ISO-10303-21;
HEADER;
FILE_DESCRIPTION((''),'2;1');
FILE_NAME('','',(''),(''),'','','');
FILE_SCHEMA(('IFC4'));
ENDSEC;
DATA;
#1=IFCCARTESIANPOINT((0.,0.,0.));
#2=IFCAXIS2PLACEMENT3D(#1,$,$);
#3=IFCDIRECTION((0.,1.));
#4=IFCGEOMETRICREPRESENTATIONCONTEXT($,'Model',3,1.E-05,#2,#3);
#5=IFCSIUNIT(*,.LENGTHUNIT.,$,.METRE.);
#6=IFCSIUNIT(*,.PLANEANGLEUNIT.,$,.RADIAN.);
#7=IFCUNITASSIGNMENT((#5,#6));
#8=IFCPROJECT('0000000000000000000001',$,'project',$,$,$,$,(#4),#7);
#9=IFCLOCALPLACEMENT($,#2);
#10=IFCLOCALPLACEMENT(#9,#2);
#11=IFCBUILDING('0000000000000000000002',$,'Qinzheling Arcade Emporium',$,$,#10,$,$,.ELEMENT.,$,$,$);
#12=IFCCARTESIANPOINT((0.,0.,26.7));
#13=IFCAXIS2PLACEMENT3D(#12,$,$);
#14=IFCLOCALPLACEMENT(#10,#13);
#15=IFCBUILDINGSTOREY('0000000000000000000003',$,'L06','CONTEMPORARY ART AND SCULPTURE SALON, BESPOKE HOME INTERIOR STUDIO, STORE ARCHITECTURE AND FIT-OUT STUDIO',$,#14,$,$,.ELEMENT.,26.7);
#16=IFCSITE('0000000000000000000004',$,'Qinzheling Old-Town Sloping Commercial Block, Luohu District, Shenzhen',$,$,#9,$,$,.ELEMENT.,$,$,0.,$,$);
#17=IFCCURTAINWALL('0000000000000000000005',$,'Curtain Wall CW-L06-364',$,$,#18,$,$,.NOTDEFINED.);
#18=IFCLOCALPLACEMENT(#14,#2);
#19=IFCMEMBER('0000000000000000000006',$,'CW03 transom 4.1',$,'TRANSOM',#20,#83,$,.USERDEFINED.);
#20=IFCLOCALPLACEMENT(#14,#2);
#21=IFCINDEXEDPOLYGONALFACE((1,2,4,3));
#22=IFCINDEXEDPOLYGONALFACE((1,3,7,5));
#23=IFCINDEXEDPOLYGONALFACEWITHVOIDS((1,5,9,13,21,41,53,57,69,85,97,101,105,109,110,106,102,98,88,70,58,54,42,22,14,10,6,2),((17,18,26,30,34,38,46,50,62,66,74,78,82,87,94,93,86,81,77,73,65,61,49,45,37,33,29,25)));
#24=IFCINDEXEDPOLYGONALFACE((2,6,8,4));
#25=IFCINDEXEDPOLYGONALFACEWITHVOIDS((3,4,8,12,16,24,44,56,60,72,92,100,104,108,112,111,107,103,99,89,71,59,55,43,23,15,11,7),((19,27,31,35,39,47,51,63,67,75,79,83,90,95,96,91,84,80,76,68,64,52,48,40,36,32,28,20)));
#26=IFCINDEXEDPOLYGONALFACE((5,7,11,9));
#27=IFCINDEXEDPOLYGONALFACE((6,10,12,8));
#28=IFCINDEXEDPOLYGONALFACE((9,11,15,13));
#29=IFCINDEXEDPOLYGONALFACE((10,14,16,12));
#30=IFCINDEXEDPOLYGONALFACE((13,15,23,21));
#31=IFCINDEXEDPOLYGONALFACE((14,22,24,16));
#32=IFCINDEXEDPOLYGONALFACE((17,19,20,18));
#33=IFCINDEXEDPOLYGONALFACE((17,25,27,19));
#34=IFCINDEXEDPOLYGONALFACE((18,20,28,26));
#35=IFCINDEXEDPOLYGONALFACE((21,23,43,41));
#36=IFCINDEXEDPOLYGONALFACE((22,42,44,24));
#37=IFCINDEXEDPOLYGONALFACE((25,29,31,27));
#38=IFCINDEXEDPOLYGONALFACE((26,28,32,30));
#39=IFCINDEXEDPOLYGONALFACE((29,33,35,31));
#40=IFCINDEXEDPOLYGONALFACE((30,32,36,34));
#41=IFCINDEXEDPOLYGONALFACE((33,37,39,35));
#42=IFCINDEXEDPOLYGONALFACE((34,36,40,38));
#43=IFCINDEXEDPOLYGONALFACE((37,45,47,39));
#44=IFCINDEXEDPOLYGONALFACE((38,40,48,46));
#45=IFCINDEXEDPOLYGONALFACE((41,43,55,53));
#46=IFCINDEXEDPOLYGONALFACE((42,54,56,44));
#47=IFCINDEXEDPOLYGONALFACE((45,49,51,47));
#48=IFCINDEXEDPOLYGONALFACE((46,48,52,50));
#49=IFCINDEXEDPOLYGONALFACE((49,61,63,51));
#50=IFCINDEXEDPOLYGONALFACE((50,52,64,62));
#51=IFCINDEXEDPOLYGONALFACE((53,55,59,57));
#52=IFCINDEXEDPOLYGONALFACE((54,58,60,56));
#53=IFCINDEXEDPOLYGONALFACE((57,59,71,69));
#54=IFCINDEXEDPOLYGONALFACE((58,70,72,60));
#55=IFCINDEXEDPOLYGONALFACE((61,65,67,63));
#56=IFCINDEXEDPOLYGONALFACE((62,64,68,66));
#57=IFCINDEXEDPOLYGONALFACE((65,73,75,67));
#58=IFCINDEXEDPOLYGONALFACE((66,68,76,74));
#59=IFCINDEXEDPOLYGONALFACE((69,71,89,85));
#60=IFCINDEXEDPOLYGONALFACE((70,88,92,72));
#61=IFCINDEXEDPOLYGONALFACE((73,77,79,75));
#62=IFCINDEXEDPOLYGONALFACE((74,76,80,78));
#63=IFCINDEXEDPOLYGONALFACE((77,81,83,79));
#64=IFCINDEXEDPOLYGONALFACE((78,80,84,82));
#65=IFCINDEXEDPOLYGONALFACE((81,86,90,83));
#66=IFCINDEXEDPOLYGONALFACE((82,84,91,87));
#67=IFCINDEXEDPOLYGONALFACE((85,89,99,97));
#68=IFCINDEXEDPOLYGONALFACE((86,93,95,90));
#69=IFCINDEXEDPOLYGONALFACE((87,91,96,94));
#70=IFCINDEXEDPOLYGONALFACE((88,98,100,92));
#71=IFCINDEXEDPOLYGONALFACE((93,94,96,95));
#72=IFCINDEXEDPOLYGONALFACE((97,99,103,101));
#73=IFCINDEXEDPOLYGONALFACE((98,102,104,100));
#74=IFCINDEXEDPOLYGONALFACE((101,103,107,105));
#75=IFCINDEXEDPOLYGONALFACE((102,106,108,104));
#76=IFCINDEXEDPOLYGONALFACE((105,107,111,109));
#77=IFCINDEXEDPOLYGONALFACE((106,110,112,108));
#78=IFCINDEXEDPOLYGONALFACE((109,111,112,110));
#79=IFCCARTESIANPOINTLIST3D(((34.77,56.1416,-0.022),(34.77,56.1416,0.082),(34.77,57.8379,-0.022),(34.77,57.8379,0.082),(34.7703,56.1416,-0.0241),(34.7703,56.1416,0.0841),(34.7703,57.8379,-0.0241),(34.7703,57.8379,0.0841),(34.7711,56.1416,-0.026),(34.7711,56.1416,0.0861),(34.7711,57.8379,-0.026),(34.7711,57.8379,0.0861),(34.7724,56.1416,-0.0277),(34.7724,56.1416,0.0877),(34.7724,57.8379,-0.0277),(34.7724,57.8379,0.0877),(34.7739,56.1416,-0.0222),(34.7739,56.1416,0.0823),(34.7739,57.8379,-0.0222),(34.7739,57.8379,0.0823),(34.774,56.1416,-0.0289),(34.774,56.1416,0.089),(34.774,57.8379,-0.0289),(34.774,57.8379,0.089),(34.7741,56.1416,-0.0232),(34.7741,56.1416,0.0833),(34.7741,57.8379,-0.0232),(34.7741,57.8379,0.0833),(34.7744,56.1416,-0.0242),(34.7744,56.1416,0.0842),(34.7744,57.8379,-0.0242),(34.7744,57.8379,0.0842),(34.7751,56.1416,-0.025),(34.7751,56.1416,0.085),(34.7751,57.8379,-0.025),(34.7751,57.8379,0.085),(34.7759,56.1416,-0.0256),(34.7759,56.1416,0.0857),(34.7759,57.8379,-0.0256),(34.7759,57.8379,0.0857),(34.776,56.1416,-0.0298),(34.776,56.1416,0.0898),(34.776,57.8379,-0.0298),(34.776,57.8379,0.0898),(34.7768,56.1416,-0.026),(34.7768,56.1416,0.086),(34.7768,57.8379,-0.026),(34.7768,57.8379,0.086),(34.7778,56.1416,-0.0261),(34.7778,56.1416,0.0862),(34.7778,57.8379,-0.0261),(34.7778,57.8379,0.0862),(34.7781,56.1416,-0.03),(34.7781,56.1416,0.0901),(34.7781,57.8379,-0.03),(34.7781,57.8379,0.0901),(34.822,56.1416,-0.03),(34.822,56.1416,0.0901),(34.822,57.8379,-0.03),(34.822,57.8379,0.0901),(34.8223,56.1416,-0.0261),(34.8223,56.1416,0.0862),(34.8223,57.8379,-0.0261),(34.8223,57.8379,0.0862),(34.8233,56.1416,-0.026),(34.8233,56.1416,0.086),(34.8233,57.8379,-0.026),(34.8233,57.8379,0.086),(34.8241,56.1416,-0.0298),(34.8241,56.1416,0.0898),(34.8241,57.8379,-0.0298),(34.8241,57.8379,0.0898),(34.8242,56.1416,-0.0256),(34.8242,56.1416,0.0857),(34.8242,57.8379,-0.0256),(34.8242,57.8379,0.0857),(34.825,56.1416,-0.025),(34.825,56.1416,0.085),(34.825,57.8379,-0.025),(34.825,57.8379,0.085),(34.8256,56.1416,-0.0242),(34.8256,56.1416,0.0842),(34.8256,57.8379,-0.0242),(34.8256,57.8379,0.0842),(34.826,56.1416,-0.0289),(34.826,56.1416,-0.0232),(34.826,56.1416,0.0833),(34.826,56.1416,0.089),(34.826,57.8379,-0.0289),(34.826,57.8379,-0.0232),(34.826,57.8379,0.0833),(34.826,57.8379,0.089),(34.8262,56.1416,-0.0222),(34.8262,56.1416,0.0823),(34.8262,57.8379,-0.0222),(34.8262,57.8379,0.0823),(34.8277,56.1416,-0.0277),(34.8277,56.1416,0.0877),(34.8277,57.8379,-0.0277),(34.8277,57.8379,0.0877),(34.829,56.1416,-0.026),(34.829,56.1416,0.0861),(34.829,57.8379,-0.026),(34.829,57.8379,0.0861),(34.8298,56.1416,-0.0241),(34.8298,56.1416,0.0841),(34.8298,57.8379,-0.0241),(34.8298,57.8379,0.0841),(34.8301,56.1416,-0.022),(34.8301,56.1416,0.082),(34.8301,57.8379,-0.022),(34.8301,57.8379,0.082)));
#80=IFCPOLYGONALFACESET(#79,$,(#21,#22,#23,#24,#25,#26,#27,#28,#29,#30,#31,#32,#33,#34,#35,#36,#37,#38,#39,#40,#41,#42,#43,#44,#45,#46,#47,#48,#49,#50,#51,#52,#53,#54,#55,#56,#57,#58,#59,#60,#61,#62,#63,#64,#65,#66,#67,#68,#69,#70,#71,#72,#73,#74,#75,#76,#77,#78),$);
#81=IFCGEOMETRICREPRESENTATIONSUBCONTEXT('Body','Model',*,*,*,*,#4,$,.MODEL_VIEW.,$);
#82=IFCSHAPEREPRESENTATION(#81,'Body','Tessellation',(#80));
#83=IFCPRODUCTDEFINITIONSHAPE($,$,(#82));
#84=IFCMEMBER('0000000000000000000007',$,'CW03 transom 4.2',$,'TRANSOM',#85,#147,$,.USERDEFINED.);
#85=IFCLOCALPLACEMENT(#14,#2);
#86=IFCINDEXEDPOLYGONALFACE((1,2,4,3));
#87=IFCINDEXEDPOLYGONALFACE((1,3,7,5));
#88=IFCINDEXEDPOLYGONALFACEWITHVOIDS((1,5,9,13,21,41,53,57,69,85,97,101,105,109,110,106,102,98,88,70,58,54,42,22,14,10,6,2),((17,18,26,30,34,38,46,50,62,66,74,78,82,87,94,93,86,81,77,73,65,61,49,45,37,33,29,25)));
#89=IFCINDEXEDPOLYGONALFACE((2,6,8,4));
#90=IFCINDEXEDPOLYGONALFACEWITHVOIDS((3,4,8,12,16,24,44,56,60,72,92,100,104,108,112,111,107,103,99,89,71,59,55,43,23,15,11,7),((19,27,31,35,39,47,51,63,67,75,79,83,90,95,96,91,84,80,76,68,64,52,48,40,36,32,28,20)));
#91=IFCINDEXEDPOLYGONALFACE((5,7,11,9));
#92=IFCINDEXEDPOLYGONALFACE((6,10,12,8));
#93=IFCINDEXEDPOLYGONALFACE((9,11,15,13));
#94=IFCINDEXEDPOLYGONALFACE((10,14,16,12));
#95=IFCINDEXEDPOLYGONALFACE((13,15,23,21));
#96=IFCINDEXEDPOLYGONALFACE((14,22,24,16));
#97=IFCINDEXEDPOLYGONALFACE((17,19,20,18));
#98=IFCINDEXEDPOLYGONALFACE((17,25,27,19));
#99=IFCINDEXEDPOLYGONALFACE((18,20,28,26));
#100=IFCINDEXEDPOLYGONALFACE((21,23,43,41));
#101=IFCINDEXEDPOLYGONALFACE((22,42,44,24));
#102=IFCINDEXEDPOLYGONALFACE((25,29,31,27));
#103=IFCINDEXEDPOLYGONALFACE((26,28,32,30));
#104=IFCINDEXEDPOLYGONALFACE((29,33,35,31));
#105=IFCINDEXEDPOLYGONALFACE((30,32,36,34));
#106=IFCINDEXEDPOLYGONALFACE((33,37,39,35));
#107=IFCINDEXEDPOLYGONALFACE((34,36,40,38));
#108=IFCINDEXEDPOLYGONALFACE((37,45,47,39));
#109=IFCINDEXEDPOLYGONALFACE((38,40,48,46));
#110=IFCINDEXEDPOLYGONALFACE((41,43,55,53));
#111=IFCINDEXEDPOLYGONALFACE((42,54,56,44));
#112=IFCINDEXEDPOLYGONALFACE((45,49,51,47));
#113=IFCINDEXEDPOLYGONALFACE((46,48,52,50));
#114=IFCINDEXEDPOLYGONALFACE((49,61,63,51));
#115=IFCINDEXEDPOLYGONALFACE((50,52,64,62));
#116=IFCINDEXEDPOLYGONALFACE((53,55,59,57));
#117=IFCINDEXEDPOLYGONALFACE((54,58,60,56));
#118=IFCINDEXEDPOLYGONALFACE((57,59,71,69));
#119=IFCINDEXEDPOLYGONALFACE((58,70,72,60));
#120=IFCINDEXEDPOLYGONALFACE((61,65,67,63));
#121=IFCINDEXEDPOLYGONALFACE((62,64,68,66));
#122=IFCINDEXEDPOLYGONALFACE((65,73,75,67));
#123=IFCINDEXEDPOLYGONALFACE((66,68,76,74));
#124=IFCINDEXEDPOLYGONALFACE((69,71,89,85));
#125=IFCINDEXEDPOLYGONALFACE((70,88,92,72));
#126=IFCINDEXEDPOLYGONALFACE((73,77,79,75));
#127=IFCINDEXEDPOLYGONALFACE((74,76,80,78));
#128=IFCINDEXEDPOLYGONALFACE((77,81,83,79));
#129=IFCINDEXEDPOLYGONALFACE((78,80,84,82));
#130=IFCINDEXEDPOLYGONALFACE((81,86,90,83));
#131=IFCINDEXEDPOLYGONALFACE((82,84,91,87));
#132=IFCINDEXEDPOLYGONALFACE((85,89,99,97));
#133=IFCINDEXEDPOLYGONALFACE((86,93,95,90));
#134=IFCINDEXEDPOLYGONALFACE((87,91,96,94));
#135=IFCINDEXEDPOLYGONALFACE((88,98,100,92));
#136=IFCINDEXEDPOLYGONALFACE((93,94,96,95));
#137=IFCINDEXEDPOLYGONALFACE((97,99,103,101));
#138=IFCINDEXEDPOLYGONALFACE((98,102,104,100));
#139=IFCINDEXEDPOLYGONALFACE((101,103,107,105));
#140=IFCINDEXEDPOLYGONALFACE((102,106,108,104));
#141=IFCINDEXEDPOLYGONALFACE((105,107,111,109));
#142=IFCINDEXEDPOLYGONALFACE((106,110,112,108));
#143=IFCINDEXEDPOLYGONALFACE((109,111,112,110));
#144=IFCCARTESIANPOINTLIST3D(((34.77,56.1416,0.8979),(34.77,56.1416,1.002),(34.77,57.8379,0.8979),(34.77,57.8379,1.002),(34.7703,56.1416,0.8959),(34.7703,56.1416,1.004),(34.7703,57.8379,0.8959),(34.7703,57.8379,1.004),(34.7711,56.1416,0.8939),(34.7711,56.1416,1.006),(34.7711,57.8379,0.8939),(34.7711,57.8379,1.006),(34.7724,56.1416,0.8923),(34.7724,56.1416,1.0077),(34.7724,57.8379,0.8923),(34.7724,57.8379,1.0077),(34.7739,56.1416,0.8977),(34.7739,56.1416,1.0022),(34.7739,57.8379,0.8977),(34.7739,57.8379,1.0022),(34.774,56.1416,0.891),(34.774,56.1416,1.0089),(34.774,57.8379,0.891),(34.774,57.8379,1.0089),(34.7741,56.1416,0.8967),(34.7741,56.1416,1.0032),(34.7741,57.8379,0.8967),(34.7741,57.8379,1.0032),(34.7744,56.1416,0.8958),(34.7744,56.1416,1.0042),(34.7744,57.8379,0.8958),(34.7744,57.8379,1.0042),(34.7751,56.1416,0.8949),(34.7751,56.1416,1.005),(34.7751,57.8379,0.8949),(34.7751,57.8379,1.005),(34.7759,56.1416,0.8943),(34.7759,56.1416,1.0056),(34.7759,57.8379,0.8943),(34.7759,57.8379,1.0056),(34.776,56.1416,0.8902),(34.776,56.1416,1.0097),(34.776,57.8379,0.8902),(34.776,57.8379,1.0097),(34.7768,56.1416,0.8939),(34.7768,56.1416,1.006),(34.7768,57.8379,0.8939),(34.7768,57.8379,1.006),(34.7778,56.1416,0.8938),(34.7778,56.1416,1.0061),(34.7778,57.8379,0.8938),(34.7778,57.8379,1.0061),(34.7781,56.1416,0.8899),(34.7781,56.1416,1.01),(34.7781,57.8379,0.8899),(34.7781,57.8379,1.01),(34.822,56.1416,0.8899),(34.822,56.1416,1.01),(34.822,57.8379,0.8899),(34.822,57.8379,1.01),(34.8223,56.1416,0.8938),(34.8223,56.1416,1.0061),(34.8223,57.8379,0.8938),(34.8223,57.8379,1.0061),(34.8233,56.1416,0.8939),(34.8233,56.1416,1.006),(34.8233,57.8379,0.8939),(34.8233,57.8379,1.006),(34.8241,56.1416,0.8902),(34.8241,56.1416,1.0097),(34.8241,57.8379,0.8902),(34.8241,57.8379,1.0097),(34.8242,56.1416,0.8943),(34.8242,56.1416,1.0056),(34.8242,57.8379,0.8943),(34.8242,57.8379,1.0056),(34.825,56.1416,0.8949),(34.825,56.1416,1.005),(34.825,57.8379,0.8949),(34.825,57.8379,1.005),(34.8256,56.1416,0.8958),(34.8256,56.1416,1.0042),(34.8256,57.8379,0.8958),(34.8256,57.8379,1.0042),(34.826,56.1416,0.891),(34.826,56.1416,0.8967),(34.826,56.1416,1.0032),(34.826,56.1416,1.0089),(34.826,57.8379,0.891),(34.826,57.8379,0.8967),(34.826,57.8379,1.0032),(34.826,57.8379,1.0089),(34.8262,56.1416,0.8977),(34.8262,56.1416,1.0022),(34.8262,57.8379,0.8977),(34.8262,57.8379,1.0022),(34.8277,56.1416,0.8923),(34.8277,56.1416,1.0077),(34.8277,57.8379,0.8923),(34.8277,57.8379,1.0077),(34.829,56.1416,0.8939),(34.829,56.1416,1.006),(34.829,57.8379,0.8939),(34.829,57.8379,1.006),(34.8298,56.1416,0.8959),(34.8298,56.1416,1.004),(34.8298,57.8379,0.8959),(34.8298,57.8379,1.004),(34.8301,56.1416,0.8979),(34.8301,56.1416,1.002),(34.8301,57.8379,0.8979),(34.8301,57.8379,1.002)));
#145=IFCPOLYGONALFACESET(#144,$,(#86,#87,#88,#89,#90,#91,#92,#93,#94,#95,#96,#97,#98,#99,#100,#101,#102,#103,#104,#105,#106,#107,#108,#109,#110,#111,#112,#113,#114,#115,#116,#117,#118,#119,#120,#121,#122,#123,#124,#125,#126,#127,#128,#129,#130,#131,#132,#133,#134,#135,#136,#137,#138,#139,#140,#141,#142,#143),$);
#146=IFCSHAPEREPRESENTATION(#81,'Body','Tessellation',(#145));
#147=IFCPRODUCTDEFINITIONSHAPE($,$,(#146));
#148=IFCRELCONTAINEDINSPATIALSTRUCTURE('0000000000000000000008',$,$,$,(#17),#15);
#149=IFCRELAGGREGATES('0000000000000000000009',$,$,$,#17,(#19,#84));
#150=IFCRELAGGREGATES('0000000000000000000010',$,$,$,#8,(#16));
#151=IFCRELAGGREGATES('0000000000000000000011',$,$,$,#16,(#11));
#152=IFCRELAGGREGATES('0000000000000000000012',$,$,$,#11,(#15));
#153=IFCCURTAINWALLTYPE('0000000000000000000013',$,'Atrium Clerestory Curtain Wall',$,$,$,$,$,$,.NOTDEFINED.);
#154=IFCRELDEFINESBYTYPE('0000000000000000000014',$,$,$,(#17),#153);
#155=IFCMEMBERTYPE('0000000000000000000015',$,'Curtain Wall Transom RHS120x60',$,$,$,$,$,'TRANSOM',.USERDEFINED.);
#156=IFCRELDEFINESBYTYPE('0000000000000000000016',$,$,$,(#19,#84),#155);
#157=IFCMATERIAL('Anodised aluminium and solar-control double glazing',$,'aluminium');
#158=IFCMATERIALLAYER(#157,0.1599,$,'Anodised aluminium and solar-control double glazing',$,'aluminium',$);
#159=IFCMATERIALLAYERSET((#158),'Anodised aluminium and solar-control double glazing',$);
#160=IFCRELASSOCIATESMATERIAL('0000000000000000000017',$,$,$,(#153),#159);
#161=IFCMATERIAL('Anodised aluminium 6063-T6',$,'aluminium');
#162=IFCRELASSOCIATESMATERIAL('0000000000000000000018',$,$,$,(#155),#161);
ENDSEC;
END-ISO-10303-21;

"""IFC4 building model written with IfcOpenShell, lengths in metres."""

from ifc_helpers import new_model, si_unit, direction, frame, origin, origin_2d, place, context, subcontext, project, spatial, hollow_rectangle, extrude, material, layer, layer_set, material_profile, profile_set, type_object, element, aggregate, save


model = new_model("IFC4")

# Units and contexts
model_context = context("Model", 3, precision=1e-05, world=origin(), true_north=direction((0.0, 1.0)))
body_context = subcontext(model_context, "Body", "Model", "MODEL_VIEW")
ifc_project = project(units=[si_unit("LENGTHUNIT", "METRE"), si_unit("PLANEANGLEUNIT", "RADIAN")], contexts=[model_context])

# Site, building, storey
site_placement = place(None, origin())
site = spatial("IfcSite", under=ifc_project, at=site_placement, Name="Qinzheling Old-Town Sloping Commercial Block, Luohu District, Shenzhen", CompositionType="ELEMENT", RefElevation=0.0)
building_placement = place(site_placement, origin())
building = spatial("IfcBuilding", under=site, at=building_placement, Name="Qinzheling Arcade Emporium", CompositionType="ELEMENT")
storey_placement = place(building_placement, frame((0.0, 0.0, 26.7)))
storey = spatial("IfcBuildingStorey", under=building, at=storey_placement, Name="L06", Description="CONTEMPORARY ART AND SCULPTURE SALON, BESPOKE HOME INTERIOR STUDIO, STORE ARCHITECTURE AND FIT-OUT STUDIO", CompositionType="ELEMENT", Elevation=26.7)

# Curtain wall
ifc_material_1 = material(Name="Anodised aluminium and solar-control double glazing", Category="aluminium")
ifc_layer_1 = layer(ifc_material_1, 0.1599, Name="Anodised aluminium and solar-control double glazing", Category="aluminium")
ifc_layer_set_1 = layer_set([ifc_layer_1], Name="Anodised aluminium and solar-control double glazing")
curtain_wall_type = type_object("IfcCurtainWallType", Name="Atrium Clerestory Curtain Wall", PredefinedType="NOTDEFINED", material=ifc_layer_set_1)
curtain_wall_1_placement = place(storey_placement, origin())
curtain_wall_1 = element("IfcCurtainWall", 1, at=curtain_wall_1_placement, inside=storey, type_object=curtain_wall_type, Name="Curtain Wall CW-L06-364", PredefinedType="NOTDEFINED")
ifc_material_2 = material(Name="Anodised aluminium 6063-T6", Category="aluminium")

# Members
ifc_material_profile_1 = material_profile(ifc_material_2, hollow_rectangle(XDim=0.0601, YDim=0.1201, WallThickness=0.0039, InnerFilletRadius=0.0039, OuterFilletRadius=0.0081, at=origin_2d()), Name="RHS 120x60x4", Category="aluminium")
ifc_profile_set_1 = profile_set([ifc_material_profile_1], Name="Anodised aluminium 6063-T6")
member_type_1 = type_object("IfcMemberType", Name="Curtain Wall Transom RHS120x60", ElementType="TRANSOM", PredefinedType="USERDEFINED", material=ifc_profile_set_1)
member_1_placement = place(storey_placement, frame((34.8, 56.1416, 0.03), z_axis=(0.0, 1.0, 0.0), x_axis=(-1.0, 0.0, 0.0)))
member_1 = element("IfcMember", 2, at=member_1_placement, type_object=member_type_1, Name="CW03 transom 4.1", ObjectType="TRANSOM", PredefinedType="USERDEFINED", context=body_context, shape_type="SweptSolid", body=[
    extrude(hollow_rectangle(XDim=0.0601, YDim=0.1201, WallThickness=0.0039, InnerFilletRadius=0.0039, OuterFilletRadius=0.0081, at=origin_2d()), origin(), (0.0, 0.0, 1.0), 1.6963),
])
member_2_placement = place(storey_placement, frame((34.8, 56.1416, 0.95), z_axis=(0.0, 1.0, 0.0), x_axis=(-1.0, 0.0, 0.0)))
member_2 = element("IfcMember", 3, at=member_2_placement, type_object=member_type_1, Name="CW03 transom 4.2", ObjectType="TRANSOM", PredefinedType="USERDEFINED", context=body_context, shape_type="SweptSolid", body=[
    extrude(hollow_rectangle(XDim=0.0601, YDim=0.1201, WallThickness=0.0039, InnerFilletRadius=0.0039, OuterFilletRadius=0.0081, at=origin_2d()), origin(), (0.0, 0.0, 1.0), 1.6963),
])

aggregate(curtain_wall_1, [member_1, member_2])

save(model, "model.ifc")
